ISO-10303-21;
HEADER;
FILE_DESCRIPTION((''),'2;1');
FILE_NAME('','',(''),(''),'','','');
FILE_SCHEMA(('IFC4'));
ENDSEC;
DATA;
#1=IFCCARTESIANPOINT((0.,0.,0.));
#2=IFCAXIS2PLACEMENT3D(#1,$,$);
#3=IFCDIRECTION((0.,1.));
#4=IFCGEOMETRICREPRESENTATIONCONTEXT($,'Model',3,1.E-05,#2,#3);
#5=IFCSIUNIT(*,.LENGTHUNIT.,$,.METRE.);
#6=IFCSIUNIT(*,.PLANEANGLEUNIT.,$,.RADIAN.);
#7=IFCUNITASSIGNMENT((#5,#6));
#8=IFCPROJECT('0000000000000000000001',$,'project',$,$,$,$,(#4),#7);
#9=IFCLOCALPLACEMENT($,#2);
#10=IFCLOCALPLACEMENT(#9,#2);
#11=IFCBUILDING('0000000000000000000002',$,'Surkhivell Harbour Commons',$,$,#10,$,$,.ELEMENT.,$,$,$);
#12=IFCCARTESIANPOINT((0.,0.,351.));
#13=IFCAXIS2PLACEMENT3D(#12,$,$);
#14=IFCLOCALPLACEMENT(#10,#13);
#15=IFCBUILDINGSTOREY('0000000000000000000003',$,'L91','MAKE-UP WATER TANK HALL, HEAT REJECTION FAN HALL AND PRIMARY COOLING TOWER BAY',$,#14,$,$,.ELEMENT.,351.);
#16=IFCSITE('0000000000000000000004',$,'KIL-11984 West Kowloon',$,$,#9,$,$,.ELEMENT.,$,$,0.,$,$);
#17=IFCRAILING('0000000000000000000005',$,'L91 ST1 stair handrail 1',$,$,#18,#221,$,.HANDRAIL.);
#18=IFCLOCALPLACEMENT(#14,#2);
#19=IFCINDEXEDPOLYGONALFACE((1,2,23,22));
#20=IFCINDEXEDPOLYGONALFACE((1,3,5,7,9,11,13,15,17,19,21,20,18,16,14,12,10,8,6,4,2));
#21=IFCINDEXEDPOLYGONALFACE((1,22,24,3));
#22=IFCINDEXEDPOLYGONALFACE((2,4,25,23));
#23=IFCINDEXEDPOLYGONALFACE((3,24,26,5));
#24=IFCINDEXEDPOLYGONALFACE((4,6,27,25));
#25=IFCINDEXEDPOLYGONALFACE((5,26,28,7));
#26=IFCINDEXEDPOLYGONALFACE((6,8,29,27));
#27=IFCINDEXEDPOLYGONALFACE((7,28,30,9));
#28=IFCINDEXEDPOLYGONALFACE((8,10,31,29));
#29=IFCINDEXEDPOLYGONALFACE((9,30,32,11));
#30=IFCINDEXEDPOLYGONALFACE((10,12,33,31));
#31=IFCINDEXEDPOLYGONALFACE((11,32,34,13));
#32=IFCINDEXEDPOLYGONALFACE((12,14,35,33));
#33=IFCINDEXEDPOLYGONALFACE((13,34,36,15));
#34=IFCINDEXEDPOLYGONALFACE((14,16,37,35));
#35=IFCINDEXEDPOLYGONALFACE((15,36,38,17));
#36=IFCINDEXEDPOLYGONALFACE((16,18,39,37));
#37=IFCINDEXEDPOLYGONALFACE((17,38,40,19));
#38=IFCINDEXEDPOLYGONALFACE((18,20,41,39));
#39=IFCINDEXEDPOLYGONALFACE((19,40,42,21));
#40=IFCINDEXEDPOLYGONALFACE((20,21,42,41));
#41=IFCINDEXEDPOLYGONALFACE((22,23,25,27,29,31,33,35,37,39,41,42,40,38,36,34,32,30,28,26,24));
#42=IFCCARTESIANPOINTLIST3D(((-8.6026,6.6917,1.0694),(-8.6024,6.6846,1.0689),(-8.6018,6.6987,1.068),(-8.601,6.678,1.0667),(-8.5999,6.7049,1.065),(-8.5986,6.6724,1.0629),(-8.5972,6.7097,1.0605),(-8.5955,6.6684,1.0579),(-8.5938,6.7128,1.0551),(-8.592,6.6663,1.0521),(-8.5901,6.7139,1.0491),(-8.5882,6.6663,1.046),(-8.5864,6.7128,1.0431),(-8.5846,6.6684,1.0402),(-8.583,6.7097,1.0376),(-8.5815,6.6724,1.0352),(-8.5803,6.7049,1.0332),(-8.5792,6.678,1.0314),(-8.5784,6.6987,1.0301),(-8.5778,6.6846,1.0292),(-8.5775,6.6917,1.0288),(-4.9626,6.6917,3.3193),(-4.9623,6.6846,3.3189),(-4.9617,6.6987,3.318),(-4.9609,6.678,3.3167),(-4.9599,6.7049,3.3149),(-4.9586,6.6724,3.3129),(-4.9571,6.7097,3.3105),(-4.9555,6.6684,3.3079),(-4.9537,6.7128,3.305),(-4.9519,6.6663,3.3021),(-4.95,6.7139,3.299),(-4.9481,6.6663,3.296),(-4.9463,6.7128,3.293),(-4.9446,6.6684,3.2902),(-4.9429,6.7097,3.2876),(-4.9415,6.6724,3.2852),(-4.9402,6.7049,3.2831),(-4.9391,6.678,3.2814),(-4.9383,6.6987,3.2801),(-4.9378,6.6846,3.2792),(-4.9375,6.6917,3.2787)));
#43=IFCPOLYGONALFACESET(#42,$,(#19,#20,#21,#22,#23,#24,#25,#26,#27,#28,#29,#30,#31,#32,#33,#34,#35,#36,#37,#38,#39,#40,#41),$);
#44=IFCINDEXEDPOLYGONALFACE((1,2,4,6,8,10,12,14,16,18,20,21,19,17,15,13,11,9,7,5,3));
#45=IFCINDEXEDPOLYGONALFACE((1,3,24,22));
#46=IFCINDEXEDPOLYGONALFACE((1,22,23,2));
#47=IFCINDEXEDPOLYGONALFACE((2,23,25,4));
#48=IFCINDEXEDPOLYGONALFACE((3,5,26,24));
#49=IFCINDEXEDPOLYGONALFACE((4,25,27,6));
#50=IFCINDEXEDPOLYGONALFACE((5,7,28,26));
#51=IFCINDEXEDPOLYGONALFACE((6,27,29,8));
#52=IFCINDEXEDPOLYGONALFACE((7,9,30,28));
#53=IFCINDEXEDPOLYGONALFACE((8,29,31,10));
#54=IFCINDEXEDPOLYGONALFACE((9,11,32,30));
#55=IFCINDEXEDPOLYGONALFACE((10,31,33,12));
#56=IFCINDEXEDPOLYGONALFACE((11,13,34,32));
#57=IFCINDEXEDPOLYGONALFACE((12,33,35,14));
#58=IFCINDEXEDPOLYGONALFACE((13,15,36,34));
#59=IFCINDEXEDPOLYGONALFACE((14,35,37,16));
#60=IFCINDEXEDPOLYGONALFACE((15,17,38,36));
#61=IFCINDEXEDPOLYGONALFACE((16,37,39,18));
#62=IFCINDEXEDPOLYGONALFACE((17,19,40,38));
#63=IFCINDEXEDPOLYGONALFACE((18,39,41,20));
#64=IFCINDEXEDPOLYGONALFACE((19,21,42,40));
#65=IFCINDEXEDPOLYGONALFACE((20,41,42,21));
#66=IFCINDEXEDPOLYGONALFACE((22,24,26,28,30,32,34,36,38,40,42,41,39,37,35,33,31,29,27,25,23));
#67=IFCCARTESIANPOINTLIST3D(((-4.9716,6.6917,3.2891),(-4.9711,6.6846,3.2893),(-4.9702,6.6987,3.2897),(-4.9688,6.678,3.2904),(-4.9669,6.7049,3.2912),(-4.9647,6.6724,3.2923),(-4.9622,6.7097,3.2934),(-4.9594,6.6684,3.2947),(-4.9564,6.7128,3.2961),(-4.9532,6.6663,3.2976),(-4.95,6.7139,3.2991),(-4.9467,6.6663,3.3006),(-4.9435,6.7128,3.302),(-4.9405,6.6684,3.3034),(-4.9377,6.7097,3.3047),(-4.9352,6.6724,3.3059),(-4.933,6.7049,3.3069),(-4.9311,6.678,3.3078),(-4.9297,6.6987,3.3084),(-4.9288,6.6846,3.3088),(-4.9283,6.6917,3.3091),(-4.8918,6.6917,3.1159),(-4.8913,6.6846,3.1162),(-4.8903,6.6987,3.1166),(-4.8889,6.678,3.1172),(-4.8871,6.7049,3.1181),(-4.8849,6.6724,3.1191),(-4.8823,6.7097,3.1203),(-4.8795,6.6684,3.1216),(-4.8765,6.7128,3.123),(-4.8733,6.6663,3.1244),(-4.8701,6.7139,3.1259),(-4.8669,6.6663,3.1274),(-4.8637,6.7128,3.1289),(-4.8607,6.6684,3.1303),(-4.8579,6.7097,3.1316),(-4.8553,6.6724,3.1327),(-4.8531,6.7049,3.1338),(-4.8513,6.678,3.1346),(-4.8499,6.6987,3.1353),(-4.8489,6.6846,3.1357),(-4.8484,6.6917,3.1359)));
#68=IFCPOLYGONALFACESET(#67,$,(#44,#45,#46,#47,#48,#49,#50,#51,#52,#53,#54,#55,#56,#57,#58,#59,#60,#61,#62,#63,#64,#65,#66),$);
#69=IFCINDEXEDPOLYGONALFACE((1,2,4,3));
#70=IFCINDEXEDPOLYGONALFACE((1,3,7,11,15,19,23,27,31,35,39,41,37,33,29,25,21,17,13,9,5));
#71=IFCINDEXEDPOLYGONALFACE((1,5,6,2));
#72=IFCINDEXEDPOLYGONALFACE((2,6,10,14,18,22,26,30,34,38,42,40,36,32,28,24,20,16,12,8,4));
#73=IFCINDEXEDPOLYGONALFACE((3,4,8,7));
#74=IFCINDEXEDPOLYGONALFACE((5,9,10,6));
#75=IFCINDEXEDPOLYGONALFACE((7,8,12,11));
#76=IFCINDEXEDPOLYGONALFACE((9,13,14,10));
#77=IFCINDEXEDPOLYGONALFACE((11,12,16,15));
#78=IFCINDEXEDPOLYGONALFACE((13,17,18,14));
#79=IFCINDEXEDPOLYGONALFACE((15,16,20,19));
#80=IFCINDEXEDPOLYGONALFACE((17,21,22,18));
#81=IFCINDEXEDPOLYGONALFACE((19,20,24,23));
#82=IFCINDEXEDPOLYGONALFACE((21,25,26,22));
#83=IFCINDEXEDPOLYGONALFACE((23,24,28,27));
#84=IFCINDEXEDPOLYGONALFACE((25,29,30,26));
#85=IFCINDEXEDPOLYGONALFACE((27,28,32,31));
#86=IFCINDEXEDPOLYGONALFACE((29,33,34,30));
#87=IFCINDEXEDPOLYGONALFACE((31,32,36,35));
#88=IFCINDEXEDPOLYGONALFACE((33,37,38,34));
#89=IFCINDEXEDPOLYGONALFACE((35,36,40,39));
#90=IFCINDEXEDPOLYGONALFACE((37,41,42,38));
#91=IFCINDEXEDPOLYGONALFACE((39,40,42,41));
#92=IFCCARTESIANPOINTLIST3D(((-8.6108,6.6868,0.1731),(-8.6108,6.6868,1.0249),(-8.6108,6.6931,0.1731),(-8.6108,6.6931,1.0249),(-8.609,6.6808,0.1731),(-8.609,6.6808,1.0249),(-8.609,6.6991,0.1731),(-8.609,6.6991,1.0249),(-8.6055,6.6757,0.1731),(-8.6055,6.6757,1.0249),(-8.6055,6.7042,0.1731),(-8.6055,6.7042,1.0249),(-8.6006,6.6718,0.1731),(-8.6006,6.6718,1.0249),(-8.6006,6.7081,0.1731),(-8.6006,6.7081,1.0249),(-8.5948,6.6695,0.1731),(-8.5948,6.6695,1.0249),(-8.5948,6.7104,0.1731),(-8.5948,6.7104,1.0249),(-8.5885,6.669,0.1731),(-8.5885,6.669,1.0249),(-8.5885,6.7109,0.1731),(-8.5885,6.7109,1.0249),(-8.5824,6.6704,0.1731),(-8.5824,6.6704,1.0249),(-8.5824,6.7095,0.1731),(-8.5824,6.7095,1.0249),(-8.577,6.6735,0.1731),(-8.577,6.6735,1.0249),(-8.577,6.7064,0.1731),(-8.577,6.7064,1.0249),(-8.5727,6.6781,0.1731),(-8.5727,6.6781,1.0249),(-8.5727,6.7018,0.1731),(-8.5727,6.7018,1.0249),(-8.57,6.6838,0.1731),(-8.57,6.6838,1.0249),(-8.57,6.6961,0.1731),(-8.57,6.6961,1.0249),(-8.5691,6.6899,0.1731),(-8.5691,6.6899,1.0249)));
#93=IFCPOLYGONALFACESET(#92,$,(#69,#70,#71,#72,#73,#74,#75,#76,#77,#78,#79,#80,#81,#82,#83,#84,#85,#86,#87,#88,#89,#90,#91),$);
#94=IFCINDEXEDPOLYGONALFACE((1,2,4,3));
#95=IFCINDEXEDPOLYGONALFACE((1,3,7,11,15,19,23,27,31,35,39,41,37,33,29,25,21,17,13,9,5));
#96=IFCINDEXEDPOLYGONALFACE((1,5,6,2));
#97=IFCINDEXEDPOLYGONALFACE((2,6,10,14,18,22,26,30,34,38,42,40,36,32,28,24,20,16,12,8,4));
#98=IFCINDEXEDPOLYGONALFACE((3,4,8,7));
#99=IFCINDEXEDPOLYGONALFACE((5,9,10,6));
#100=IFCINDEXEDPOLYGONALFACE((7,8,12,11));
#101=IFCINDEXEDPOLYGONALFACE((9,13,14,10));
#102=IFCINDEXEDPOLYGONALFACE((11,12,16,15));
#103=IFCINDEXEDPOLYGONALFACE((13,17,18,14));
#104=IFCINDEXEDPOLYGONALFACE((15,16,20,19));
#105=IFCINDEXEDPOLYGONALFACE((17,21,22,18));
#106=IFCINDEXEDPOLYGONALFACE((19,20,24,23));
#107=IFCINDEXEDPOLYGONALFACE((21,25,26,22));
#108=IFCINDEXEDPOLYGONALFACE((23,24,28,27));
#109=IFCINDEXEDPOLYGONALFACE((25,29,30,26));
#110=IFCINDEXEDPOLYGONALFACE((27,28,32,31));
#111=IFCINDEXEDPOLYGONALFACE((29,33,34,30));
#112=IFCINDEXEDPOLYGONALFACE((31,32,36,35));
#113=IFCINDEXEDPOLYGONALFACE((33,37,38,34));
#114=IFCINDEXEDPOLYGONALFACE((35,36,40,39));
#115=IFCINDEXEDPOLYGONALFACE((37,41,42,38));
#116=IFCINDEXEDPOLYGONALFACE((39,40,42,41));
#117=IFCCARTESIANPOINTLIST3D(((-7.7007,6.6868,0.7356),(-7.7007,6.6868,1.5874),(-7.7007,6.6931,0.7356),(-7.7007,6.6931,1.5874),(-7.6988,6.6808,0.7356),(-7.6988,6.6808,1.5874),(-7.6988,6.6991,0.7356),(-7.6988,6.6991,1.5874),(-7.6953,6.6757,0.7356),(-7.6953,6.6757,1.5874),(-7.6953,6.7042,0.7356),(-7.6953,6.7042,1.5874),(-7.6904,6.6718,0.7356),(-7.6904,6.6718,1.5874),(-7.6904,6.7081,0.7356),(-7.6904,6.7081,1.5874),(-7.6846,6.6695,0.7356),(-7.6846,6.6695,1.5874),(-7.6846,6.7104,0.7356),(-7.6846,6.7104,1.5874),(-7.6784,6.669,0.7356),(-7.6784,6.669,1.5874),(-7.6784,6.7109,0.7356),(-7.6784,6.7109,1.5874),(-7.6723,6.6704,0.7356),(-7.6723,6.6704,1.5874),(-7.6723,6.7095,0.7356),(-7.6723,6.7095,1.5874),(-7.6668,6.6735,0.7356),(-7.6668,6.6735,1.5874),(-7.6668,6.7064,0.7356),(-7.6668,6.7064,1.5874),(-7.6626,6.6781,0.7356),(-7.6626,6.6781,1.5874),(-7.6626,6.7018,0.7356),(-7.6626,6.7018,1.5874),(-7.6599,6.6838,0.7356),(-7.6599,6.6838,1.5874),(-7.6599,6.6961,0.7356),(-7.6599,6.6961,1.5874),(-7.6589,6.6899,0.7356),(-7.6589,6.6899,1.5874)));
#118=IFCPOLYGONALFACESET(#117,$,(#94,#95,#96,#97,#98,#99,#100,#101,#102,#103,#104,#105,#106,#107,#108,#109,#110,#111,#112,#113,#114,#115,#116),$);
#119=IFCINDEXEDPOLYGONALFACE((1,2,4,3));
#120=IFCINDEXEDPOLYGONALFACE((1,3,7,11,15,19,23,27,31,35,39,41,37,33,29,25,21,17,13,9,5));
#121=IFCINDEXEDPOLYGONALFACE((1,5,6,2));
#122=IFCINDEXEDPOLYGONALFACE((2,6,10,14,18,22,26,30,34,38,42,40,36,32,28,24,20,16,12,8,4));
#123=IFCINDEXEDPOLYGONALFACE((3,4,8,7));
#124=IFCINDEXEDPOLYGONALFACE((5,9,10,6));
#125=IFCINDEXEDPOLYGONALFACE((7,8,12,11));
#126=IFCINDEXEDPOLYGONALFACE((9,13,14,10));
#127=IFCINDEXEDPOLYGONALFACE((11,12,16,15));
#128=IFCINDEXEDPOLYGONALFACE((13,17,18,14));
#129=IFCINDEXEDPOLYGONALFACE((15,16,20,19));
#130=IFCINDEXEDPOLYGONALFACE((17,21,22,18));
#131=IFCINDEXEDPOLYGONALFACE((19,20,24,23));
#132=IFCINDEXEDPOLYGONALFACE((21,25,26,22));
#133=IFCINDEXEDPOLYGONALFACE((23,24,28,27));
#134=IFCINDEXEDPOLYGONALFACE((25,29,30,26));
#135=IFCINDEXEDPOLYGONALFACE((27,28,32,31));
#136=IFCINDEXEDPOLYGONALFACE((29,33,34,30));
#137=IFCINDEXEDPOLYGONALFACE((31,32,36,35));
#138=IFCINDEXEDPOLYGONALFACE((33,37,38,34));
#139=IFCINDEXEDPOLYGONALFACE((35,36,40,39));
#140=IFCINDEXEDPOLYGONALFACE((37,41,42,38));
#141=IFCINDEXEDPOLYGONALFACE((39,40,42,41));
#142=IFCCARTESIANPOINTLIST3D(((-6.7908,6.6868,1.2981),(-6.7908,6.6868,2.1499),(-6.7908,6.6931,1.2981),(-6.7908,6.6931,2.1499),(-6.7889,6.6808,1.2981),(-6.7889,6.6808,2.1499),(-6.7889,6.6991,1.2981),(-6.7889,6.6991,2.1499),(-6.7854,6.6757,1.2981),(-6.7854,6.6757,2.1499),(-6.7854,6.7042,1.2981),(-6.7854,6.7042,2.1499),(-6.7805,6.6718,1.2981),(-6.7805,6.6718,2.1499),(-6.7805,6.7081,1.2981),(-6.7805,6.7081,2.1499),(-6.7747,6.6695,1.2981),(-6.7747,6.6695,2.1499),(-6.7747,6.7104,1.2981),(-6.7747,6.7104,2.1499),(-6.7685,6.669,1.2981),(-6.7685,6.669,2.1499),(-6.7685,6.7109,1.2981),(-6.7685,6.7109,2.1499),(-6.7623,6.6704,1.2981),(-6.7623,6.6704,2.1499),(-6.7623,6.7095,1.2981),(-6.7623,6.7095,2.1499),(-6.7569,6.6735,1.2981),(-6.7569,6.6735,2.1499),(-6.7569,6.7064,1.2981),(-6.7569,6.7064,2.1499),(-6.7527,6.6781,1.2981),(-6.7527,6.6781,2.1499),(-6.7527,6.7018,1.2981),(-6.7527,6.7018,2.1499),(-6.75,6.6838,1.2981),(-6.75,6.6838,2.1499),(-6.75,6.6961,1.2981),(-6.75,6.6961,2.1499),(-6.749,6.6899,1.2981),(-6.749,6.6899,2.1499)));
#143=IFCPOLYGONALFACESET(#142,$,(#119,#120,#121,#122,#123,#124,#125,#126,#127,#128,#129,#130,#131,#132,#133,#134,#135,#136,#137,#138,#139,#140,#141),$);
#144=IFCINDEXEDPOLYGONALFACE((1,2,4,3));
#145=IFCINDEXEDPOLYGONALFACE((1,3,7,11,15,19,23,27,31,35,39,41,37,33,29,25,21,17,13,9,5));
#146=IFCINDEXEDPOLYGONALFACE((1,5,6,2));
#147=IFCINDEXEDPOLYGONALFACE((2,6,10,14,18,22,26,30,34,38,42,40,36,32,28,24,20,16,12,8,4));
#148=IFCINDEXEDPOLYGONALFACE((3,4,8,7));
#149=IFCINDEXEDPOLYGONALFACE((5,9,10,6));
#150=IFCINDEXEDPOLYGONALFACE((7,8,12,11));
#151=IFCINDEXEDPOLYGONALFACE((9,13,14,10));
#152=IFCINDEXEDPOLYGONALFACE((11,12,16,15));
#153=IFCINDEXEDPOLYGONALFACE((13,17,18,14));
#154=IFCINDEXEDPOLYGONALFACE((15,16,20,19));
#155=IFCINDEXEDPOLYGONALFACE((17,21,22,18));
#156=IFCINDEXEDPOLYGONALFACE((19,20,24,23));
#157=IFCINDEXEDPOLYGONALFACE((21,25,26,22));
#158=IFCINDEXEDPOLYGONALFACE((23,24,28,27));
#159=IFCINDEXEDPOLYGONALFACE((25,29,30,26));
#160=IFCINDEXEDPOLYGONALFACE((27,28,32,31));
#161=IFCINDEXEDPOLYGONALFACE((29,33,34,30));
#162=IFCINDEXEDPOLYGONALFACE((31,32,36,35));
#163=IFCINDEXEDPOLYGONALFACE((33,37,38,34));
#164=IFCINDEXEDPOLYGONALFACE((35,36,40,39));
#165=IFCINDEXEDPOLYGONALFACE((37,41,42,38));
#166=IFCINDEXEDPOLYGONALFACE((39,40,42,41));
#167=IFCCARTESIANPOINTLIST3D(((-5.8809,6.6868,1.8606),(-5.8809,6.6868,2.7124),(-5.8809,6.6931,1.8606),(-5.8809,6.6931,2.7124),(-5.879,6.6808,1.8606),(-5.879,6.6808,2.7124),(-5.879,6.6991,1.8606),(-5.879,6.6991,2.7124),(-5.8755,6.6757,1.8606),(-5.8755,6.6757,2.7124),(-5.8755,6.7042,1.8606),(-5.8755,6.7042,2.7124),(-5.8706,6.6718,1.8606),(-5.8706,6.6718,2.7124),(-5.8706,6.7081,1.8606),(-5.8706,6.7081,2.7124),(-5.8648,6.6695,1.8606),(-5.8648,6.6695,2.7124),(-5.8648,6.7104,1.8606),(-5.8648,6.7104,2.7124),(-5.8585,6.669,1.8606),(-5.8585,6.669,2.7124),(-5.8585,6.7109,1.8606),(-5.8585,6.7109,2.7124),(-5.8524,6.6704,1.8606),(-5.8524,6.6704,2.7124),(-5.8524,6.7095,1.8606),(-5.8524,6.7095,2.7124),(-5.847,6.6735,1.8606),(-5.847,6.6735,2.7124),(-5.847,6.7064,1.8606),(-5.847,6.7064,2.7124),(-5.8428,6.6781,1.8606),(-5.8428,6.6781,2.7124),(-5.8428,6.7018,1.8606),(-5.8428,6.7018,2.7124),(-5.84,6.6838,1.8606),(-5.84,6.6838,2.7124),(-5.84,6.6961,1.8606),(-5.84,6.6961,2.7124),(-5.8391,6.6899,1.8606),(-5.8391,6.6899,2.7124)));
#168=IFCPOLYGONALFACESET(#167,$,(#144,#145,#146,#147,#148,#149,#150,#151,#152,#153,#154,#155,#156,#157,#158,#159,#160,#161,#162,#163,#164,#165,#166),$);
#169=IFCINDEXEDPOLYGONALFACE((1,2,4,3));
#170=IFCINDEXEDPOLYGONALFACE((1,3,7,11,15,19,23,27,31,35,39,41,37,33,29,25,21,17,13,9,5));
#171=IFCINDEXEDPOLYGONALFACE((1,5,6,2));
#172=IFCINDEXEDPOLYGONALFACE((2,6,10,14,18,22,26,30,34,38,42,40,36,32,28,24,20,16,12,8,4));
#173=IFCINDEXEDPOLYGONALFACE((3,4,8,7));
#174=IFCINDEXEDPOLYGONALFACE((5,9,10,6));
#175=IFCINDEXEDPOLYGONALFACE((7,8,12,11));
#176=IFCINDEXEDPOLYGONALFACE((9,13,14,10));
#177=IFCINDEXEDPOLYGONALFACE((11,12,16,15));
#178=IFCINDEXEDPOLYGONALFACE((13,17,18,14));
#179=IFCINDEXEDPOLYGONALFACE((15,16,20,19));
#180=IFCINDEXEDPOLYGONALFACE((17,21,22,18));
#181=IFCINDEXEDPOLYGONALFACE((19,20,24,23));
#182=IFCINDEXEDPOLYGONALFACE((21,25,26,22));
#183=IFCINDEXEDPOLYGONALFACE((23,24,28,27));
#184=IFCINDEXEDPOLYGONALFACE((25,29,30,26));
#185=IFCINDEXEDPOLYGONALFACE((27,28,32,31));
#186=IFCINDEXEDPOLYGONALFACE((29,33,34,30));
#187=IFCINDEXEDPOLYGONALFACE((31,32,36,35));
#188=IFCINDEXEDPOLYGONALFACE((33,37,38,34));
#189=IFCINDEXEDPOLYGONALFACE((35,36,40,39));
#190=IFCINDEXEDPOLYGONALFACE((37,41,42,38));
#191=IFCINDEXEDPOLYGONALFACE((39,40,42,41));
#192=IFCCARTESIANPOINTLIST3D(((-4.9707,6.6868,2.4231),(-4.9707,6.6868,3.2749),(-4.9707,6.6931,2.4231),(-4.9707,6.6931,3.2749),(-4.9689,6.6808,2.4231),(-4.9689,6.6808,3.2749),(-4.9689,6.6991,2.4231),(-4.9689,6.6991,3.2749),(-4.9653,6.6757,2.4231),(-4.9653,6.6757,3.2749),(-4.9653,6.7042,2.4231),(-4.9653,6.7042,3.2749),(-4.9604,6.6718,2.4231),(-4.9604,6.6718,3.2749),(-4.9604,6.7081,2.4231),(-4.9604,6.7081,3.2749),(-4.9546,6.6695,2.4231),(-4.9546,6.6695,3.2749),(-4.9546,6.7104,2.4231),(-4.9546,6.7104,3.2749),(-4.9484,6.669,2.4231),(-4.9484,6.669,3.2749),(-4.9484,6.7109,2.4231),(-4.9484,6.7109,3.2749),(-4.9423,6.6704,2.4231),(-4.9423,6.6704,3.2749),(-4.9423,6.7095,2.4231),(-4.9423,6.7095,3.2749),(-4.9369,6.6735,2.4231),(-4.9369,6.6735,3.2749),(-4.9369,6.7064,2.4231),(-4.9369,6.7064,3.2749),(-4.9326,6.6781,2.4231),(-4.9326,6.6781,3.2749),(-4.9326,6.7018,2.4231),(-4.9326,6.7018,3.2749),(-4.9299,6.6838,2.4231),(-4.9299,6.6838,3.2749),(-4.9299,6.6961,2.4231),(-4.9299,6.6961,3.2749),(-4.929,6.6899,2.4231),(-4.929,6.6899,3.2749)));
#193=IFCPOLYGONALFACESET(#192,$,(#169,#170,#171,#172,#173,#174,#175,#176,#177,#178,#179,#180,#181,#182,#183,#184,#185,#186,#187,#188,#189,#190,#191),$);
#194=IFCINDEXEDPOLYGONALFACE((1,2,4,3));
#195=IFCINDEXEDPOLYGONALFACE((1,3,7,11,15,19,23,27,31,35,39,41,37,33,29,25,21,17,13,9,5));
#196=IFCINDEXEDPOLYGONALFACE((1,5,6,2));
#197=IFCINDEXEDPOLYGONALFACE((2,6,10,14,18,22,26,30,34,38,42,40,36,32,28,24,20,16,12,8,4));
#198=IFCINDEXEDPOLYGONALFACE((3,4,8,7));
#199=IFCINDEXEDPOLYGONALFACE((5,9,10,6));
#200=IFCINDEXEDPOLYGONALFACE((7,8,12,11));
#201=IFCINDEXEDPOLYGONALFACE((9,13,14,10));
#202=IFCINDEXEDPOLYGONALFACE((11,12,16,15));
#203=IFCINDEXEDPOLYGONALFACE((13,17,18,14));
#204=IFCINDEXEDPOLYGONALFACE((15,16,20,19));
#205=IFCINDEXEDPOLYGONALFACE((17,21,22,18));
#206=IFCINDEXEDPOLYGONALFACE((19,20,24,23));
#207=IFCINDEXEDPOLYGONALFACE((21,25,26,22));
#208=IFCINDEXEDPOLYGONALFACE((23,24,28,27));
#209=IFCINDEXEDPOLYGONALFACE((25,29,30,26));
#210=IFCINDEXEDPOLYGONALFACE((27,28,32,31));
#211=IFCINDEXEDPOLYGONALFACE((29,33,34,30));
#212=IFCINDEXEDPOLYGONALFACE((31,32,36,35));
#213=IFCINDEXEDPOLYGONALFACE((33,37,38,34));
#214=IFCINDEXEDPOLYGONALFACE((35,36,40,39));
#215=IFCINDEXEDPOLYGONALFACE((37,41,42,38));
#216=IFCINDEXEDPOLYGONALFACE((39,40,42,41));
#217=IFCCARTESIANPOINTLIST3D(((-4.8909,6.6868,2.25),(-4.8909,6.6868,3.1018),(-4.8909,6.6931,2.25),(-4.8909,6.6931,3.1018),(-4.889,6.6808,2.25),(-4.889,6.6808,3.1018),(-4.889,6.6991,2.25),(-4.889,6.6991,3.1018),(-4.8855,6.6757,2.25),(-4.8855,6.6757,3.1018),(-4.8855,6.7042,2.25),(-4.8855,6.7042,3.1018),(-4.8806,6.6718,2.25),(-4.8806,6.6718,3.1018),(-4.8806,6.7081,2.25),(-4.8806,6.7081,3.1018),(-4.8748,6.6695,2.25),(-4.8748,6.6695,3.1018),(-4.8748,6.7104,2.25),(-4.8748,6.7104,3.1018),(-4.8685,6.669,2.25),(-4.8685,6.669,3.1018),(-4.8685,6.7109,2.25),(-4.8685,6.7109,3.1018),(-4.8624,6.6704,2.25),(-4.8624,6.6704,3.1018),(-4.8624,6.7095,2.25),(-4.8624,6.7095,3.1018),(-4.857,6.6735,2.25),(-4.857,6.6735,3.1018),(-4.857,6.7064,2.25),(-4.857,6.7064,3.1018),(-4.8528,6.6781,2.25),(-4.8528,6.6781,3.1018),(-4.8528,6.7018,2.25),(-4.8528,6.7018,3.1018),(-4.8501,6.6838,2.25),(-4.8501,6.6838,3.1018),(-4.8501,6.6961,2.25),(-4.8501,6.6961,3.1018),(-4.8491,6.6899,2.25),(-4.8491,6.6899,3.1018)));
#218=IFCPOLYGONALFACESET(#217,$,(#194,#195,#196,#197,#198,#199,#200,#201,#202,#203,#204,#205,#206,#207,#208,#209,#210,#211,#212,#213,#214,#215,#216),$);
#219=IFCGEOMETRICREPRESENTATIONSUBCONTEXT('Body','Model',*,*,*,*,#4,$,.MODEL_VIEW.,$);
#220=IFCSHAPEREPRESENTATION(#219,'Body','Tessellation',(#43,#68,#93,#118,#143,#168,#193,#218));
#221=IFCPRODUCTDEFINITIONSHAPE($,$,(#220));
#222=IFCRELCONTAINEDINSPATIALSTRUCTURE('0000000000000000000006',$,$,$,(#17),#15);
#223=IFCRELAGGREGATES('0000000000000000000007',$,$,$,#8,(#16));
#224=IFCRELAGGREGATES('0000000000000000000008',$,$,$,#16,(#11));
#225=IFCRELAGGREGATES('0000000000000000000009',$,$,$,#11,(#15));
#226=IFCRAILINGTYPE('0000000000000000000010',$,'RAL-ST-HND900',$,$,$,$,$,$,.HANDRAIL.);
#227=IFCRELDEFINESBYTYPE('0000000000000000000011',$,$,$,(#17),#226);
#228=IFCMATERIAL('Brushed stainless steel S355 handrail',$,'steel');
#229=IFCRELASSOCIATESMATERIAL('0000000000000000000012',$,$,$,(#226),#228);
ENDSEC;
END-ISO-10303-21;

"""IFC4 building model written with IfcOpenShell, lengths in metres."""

from ifc_helpers import new_model, si_unit, direction, frame, origin, origin_2d, place, context, subcontext, project, spatial, circle, extrude, material, type_object, element, save


model = new_model("IFC4")

# Units and contexts
model_context = context("Model", 3, precision=1e-05, world=origin(), true_north=direction((0.0, 1.0)))
body_context = subcontext(model_context, "Body", "Model", "MODEL_VIEW")
ifc_project = project(units=[si_unit("LENGTHUNIT", "METRE"), si_unit("PLANEANGLEUNIT", "RADIAN")], contexts=[model_context])

# Site, building, storey
site_placement = place(None, origin())
site = spatial("IfcSite", under=ifc_project, at=site_placement, Name="KIL-11984 West Kowloon", CompositionType="ELEMENT", RefElevation=0.0)
building_placement = place(site_placement, origin())
building = spatial("IfcBuilding", under=site, at=building_placement, Name="Surkhivell Harbour Commons", CompositionType="ELEMENT")
storey_placement = place(building_placement, frame((0.0, 0.0, 351.0)))
storey = spatial("IfcBuildingStorey", under=building, at=storey_placement, Name="L91", Description="MAKE-UP WATER TANK HALL, HEAT REJECTION FAN HALL AND PRIMARY COOLING TOWER BAY", CompositionType="ELEMENT", Elevation=351.0)

# Railing
ifc_material_1 = material(Name="Brushed stainless steel S355 handrail", Category="steel")
railing_type_1 = type_object("IfcRailingType", Name="RAL-ST-HND900", PredefinedType="HANDRAIL", material=ifc_material_1)
railing_1_placement = place(storey_placement, frame((-8.5901, 6.6899, 0.1731)))
element("IfcRailing", 1, at=railing_1_placement, inside=storey, type_object=railing_type_1, Name="L91 ST1 stair handrail 1", PredefinedType="HANDRAIL", context=body_context, shape_type="SweptSolid", body=[
    extrude(circle(Radius=0.0239, at=origin_2d()), frame((0.0, 0.0, 0.876), z_axis=(0.850622, 0.0, 0.525777), x_axis=(0.0, 1.0, 0.0)), (0.0, 0.0, 1.0), 4.2793),
    extrude(circle(Radius=0.0239, at=origin_2d()), frame((3.6401, 0.0, 3.126), z_axis=(0.418815, 0.0, -0.908072), x_axis=(0.0, 1.0, 0.0)), (0.0, 0.0, 1.0), 0.1907),
    extrude(circle(Radius=0.021, at=origin_2d()), origin(), (0.0, 0.0, 1.0), 0.8518),
    extrude(circle(Radius=0.021, at=origin_2d()), frame((0.9102, 0.0, 0.5625)), (0.0, 0.0, 1.0), 0.8518),
    extrude(circle(Radius=0.021, at=origin_2d()), frame((1.8201, 0.0, 1.125)), (0.0, 0.0, 1.0), 0.8518),
    extrude(circle(Radius=0.021, at=origin_2d()), frame((2.73, 0.0, 1.6875)), (0.0, 0.0, 1.0), 0.8518),
    extrude(circle(Radius=0.021, at=origin_2d()), frame((3.6401, 0.0, 2.25)), (0.0, 0.0, 1.0), 0.8518),
    extrude(circle(Radius=0.021, at=origin_2d()), frame((3.72, 0.0, 2.0769)), (0.0, 0.0, 1.0), 0.8518),
])

save(model, "model.ifc")
